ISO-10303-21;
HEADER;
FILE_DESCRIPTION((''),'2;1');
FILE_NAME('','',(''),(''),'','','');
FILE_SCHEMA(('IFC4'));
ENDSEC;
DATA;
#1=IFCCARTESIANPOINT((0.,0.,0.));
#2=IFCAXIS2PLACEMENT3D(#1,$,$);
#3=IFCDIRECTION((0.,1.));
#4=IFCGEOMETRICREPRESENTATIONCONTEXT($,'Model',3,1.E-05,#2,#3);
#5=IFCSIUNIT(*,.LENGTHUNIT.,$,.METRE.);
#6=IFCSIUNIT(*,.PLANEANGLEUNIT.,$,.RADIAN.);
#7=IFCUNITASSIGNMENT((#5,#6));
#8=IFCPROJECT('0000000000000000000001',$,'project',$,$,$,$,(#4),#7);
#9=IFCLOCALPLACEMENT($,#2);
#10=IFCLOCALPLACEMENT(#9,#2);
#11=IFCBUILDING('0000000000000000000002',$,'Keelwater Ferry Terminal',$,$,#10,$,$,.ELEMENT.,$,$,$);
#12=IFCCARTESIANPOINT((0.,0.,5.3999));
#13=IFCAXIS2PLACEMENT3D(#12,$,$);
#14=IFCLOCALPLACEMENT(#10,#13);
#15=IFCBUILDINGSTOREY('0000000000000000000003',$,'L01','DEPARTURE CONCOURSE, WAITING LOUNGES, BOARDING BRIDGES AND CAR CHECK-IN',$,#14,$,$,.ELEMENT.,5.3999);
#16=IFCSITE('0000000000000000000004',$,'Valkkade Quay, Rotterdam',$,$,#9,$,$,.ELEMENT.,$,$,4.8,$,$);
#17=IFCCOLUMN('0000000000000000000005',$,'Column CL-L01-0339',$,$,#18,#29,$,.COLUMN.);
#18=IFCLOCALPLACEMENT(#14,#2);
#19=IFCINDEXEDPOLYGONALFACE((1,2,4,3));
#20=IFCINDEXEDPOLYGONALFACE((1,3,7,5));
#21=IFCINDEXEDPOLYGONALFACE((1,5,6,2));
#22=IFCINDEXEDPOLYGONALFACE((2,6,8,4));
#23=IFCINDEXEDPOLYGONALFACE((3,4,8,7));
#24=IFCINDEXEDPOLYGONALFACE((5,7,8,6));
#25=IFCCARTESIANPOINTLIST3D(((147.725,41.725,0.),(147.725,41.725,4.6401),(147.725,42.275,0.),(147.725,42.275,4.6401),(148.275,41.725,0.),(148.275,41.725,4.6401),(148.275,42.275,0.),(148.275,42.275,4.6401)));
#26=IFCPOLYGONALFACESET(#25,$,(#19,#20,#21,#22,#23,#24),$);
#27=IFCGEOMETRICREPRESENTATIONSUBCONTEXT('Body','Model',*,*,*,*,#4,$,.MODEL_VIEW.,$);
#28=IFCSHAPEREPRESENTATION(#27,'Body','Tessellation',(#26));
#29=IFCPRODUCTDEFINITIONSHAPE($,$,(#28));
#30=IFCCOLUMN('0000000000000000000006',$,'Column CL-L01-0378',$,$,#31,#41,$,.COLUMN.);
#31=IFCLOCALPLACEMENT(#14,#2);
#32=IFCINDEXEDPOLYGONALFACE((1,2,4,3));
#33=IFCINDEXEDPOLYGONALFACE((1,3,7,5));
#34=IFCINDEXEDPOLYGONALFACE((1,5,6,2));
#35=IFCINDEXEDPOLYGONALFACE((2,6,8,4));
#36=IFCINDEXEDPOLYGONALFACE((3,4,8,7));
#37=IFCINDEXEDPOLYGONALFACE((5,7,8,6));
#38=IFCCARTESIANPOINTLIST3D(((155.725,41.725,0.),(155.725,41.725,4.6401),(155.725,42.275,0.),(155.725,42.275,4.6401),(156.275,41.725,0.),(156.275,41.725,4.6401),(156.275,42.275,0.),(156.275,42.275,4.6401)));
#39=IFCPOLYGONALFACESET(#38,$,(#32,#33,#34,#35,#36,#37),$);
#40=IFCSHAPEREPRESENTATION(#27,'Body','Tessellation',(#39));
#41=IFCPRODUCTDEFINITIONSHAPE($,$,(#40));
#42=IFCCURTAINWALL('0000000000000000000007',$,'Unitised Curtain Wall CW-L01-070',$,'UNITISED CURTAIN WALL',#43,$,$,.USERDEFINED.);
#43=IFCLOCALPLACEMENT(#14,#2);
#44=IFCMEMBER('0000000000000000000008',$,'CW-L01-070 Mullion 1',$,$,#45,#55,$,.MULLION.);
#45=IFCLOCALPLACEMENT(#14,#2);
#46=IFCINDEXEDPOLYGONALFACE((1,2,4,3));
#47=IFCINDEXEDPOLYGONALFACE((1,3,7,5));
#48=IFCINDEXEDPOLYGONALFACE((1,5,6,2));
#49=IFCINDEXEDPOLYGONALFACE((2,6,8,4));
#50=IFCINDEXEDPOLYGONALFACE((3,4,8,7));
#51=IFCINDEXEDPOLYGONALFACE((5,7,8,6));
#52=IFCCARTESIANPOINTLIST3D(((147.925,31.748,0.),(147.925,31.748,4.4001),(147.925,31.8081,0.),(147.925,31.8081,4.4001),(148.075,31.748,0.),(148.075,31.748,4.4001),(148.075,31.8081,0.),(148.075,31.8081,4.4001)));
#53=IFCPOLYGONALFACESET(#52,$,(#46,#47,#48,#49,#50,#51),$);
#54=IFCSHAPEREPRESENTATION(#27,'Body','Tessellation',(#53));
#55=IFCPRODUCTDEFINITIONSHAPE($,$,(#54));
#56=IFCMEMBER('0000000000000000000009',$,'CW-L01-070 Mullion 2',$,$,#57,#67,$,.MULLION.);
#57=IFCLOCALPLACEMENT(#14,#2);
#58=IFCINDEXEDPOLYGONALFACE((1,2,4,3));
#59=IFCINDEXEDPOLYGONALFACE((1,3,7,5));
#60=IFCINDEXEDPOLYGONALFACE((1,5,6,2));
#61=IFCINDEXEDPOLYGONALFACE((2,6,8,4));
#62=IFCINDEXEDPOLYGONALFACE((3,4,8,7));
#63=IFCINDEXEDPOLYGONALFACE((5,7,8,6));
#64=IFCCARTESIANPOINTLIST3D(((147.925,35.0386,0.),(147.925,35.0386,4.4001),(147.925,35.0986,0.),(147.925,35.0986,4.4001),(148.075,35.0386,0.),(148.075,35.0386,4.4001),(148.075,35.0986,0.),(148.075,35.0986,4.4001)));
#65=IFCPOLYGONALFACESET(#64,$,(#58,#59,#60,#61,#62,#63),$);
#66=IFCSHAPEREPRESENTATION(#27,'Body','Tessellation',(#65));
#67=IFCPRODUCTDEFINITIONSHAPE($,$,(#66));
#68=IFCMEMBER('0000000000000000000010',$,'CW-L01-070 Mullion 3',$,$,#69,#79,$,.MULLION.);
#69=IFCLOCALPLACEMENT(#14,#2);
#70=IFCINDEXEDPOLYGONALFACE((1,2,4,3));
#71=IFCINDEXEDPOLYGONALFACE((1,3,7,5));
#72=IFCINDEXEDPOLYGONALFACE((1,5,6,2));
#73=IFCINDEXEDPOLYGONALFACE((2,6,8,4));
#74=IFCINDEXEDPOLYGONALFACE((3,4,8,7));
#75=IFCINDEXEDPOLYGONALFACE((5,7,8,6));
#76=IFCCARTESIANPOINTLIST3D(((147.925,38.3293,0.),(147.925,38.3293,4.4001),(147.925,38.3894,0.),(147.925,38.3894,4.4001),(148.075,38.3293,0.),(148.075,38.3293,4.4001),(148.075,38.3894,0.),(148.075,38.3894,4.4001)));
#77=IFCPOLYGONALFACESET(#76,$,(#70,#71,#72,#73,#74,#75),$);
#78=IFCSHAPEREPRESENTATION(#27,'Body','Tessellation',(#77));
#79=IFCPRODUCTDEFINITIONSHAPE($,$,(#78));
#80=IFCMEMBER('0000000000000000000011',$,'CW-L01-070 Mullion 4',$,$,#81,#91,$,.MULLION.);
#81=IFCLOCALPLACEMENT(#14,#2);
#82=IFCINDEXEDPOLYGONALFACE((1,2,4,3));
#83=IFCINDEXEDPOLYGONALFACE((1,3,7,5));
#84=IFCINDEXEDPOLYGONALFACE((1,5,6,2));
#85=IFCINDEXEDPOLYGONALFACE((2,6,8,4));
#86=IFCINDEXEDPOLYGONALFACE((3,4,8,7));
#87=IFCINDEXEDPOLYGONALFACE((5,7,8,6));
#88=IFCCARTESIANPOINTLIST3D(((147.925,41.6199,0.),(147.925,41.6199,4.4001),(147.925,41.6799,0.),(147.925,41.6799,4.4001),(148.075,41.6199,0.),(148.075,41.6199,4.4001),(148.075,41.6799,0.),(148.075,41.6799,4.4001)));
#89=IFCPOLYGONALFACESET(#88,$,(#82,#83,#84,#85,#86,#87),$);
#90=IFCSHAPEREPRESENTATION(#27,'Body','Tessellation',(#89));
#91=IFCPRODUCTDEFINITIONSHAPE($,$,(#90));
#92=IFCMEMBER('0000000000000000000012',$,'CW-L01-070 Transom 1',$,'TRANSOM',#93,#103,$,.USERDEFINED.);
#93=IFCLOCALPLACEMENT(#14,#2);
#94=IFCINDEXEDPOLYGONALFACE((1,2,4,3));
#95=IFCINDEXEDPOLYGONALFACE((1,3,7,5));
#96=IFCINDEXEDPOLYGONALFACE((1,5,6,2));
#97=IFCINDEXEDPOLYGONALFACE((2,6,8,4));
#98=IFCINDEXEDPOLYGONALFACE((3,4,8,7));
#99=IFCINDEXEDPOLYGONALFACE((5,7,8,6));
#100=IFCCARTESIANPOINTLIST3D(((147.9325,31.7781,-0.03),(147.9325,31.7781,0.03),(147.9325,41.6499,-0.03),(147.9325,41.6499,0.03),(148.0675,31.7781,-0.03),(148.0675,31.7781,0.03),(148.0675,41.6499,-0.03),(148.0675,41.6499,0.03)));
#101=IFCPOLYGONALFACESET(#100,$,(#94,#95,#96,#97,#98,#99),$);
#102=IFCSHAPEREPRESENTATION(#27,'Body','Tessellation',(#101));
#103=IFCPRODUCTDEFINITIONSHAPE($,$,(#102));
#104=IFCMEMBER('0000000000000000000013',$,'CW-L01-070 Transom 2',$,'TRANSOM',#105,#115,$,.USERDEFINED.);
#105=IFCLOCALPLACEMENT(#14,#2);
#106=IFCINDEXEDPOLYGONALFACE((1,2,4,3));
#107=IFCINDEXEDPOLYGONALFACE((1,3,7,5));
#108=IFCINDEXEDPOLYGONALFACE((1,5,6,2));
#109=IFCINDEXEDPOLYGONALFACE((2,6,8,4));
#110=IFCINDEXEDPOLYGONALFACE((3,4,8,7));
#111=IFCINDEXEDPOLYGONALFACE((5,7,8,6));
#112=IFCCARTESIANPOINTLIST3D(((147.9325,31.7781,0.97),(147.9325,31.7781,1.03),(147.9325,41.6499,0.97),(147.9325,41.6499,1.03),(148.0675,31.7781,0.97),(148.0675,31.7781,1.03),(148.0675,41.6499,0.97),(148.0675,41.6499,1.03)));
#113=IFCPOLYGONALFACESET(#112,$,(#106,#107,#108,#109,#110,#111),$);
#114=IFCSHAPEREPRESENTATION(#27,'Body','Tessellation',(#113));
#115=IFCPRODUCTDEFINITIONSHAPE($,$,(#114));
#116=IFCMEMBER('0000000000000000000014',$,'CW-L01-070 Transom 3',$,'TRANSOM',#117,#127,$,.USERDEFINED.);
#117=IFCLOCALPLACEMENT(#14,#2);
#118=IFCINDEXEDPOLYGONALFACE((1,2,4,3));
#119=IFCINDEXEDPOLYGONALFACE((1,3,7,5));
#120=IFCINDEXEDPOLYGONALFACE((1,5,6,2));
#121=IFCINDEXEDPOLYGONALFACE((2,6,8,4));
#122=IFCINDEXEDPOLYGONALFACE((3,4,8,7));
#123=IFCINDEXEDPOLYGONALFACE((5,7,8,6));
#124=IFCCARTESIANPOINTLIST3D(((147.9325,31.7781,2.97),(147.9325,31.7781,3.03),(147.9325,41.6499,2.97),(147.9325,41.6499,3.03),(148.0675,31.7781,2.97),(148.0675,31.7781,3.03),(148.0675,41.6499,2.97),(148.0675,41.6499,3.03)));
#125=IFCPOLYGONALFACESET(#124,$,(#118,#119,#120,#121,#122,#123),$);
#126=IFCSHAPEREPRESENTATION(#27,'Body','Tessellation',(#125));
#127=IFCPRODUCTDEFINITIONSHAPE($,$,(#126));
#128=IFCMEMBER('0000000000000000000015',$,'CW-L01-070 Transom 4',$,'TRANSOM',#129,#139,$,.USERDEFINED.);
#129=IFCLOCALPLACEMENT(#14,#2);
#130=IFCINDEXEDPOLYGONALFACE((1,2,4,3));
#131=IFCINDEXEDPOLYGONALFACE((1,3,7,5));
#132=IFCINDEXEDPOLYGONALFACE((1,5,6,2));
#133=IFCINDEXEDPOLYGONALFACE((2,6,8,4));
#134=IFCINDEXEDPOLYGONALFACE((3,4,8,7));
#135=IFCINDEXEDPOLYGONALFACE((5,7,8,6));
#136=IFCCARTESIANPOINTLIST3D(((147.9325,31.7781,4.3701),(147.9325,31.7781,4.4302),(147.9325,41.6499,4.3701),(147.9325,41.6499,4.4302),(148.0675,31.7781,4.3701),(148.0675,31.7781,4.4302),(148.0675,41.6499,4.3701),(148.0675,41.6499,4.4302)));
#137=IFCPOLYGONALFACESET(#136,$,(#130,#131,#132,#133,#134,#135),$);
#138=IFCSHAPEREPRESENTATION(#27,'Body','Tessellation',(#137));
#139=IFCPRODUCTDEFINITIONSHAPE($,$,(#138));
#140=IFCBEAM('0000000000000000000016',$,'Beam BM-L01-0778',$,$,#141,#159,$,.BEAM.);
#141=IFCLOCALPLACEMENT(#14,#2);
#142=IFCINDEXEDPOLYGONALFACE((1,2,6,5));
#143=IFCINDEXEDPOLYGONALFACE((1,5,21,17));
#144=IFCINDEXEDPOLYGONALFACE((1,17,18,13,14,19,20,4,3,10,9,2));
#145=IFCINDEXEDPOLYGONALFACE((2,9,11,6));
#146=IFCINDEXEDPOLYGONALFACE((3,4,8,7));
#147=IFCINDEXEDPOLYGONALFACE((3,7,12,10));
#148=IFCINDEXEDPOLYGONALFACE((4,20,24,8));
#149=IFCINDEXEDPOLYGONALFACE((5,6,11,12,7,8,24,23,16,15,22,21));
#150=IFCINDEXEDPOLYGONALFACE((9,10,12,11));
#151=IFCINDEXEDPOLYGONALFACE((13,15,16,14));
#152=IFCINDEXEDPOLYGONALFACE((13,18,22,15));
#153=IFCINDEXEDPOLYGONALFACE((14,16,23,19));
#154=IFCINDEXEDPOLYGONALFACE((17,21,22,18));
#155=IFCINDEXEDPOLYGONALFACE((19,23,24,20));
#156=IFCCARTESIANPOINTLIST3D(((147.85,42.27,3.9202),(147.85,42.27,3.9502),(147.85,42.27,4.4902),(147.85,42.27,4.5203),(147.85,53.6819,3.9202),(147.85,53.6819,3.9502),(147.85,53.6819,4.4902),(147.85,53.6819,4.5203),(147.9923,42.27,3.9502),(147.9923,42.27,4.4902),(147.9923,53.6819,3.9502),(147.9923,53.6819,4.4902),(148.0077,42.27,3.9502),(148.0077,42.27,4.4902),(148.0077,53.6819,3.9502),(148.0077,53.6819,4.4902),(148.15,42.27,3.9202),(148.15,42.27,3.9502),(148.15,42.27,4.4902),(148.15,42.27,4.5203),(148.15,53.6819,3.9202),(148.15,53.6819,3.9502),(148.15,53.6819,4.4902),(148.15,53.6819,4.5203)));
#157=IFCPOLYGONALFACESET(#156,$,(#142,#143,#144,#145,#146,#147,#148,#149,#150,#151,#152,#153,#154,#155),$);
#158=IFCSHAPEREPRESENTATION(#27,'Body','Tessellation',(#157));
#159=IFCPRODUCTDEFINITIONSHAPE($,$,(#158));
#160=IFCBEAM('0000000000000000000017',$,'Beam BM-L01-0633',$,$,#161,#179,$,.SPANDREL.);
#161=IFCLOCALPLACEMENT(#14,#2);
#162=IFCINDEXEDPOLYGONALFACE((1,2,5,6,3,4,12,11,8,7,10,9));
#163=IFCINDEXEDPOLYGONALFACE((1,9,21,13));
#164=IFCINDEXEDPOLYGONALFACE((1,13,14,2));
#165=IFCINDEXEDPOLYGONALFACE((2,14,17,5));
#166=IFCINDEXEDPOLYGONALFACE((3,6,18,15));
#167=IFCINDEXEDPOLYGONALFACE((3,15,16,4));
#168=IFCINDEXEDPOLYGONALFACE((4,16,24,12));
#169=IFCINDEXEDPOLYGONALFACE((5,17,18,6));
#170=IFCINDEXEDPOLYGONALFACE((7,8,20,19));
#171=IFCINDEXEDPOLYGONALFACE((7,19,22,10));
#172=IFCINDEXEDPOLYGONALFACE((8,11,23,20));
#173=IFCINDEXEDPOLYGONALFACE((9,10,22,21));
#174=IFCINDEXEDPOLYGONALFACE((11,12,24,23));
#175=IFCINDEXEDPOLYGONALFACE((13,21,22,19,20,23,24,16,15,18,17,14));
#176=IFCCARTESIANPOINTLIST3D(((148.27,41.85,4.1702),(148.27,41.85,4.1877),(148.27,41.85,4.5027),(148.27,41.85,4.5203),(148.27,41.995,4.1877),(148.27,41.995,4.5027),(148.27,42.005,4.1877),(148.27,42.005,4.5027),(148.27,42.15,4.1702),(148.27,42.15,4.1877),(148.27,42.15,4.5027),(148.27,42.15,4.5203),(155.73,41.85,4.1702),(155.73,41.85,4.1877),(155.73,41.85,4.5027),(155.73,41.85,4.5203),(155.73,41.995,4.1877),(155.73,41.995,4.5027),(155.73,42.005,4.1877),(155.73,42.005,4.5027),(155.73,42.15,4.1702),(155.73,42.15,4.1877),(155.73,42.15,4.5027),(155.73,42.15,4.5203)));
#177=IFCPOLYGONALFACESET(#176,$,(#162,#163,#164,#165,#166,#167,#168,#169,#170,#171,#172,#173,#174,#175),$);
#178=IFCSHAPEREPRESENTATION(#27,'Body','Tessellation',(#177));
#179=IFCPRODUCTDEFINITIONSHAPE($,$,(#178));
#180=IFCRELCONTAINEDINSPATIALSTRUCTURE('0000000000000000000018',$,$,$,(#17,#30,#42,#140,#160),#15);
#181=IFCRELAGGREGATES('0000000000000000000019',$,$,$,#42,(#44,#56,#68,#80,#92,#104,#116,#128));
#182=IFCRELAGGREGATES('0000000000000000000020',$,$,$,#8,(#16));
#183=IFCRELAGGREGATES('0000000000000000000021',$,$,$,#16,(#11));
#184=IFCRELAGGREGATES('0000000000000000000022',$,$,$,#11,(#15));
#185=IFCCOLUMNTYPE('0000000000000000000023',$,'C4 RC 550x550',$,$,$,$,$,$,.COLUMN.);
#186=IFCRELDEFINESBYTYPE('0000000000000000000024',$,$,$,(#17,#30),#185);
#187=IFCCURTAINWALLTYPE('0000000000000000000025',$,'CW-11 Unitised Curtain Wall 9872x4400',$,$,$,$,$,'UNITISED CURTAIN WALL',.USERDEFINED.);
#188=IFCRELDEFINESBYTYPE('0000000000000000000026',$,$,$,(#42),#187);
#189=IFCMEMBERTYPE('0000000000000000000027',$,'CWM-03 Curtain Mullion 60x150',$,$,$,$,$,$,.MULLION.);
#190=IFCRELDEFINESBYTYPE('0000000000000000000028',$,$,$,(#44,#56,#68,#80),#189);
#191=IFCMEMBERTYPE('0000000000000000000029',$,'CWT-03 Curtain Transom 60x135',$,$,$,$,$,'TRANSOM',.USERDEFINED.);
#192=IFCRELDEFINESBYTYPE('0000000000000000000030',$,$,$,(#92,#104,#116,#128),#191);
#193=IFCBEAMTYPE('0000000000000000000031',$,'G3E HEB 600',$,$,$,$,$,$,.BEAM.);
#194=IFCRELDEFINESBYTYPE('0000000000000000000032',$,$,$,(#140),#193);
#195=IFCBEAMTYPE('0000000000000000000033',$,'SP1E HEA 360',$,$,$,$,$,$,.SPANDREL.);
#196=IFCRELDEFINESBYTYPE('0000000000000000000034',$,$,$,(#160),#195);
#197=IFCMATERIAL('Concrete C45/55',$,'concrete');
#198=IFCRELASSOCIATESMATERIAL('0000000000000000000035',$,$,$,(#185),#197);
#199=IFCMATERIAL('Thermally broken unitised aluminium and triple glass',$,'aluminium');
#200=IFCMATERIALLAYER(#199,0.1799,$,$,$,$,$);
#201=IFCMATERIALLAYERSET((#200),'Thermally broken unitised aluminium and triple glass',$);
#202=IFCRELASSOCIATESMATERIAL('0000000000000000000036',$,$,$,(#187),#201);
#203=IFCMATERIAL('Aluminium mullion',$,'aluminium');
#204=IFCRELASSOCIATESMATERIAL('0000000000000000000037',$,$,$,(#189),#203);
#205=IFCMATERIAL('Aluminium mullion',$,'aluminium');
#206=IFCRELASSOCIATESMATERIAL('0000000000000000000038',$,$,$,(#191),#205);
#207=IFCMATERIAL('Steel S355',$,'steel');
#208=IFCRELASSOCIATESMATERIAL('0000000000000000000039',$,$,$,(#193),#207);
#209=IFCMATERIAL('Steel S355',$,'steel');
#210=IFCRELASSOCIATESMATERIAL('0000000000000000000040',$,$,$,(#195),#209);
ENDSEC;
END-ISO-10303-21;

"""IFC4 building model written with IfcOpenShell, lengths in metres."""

from ifc_helpers import new_model, si_unit, direction, frame, origin, origin_2d, place, context, subcontext, project, spatial, rectangle, i_section, extrude, material, layer, layer_set, material_profile, profile_set, type_object, element, aggregate, save


model = new_model("IFC4")

# Units and contexts
model_context = context("Model", 3, precision=1e-05, world=origin(), true_north=direction((0.0, 1.0)))
body_context = subcontext(model_context, "Body", "Model", "MODEL_VIEW")
ifc_project = project(units=[si_unit("LENGTHUNIT", "METRE"), si_unit("PLANEANGLEUNIT", "RADIAN")], contexts=[model_context])

# Site, building, storey
site_placement = place(None, origin())
site = spatial("IfcSite", under=ifc_project, at=site_placement, Name="Valkkade Quay, Rotterdam", CompositionType="ELEMENT", RefElevation=4.8)
building_placement = place(site_placement, origin())
building = spatial("IfcBuilding", under=site, at=building_placement, Name="Keelwater Ferry Terminal", CompositionType="ELEMENT")
storey_placement = place(building_placement, frame((0.0, 0.0, 5.3999)))
storey = spatial("IfcBuildingStorey", under=building, at=storey_placement, Name="L01", Description="DEPARTURE CONCOURSE, WAITING LOUNGES, BOARDING BRIDGES AND CAR CHECK-IN", CompositionType="ELEMENT", Elevation=5.3999)

# Columns
ifc_material_1 = material(Name="Concrete C45/55", Category="concrete")
ifc_material_profile_1 = material_profile(ifc_material_1, rectangle(XDim=0.55, YDim=0.55, at=origin_2d()), Name="RC 550x550")
ifc_profile_set_1 = profile_set([ifc_material_profile_1], Name="Concrete C45/55")
column_type = type_object("IfcColumnType", Name="C4 RC 550x550", PredefinedType="COLUMN", material=ifc_profile_set_1)
for number, where, z_axis, x_axis, name in (
    (1, (148.0, 42.0, 0.0), (0.0, 0.0, 1.0), (1.0, 0.0, 0.0), "Column CL-L01-0339"),
    (2, (156.0, 42.0, 0.0), (0.0, 0.0, 1.0), (1.0, 0.0, 0.0), "Column CL-L01-0378"),
):
    element("IfcColumn", number, at=place(storey_placement, frame(where, z_axis=z_axis, x_axis=x_axis)), inside=storey, type_object=column_type, Name=name, PredefinedType="COLUMN", context=body_context, shape_type="SweptSolid", body=[
        extrude(rectangle(XDim=0.55, YDim=0.55, at=origin_2d()), origin(), (0.0, 0.0, 1.0), 4.6401),
    ])

# Curtain wall, members
ifc_material_2 = material(Name="Thermally broken unitised aluminium and triple glass", Category="aluminium")
ifc_layer_1 = layer(ifc_material_2, 0.1799)
ifc_layer_set_1 = layer_set([ifc_layer_1], Name="Thermally broken unitised aluminium and triple glass")
curtain_wall_type = type_object("IfcCurtainWallType", Name="CW-11 Unitised Curtain Wall 9872x4400", ElementType="UNITISED CURTAIN WALL", PredefinedType="USERDEFINED", material=ifc_layer_set_1)
curtain_wall_placement = place(storey_placement, origin())
curtain_wall = element("IfcCurtainWall", 3, at=curtain_wall_placement, inside=storey, type_object=curtain_wall_type, Name="Unitised Curtain Wall CW-L01-070", ObjectType="UNITISED CURTAIN WALL", PredefinedType="USERDEFINED")
ifc_material_3 = material(Name="Aluminium mullion", Category="aluminium")
ifc_material_profile_2 = material_profile(ifc_material_3, rectangle(XDim=0.0601, YDim=0.1499, at=origin_2d()), Name="CWM-03")
ifc_profile_set_2 = profile_set([ifc_material_profile_2], Name="Aluminium mullion")
member_type_1 = type_object("IfcMemberType", Name="CWM-03 Curtain Mullion 60x150", PredefinedType="MULLION", material=ifc_profile_set_2)
member_1_placement = place(storey_placement, frame((148.0, 31.7781, 0.0), z_axis=(0.0, 0.0, 1.0), x_axis=(0.0, 1.0, 0.0)))
member_1 = element("IfcMember", 4, at=member_1_placement, type_object=member_type_1, Name="CW-L01-070 Mullion 1", PredefinedType="MULLION", context=body_context, shape_type="SweptSolid", body=[
    extrude(rectangle(XDim=0.0601, YDim=0.1499, at=origin_2d()), origin(), (0.0, 0.0, 1.0), 4.4001),
])
member_2_placement = place(storey_placement, frame((148.0, 35.0686, 0.0), z_axis=(0.0, 0.0, 1.0), x_axis=(0.0, 1.0, 0.0)))
member_2 = element("IfcMember", 5, at=member_2_placement, type_object=member_type_1, Name="CW-L01-070 Mullion 2", PredefinedType="MULLION", context=body_context, shape_type="SweptSolid", body=[
    extrude(rectangle(XDim=0.0601, YDim=0.1499, at=origin_2d()), origin(), (0.0, 0.0, 1.0), 4.4001),
])
member_3_placement = place(storey_placement, frame((148.0, 38.3594, 0.0), z_axis=(0.0, 0.0, 1.0), x_axis=(0.0, 1.0, 0.0)))
member_3 = element("IfcMember", 6, at=member_3_placement, type_object=member_type_1, Name="CW-L01-070 Mullion 3", PredefinedType="MULLION", context=body_context, shape_type="SweptSolid", body=[
    extrude(rectangle(XDim=0.0601, YDim=0.1499, at=origin_2d()), origin(), (0.0, 0.0, 1.0), 4.4001),
])
member_4_placement = place(storey_placement, frame((148.0, 41.6499, 0.0), z_axis=(0.0, 0.0, 1.0), x_axis=(0.0, 1.0, 0.0)))
member_4 = element("IfcMember", 7, at=member_4_placement, type_object=member_type_1, Name="CW-L01-070 Mullion 4", PredefinedType="MULLION", context=body_context, shape_type="SweptSolid", body=[
    extrude(rectangle(XDim=0.0601, YDim=0.1499, at=origin_2d()), origin(), (0.0, 0.0, 1.0), 4.4001),
])
ifc_material_4 = material(Name="Aluminium mullion", Category="aluminium")
ifc_material_profile_3 = material_profile(ifc_material_4, rectangle(XDim=0.135, YDim=0.0601, at=origin_2d()), Name="CWT-03")
ifc_profile_set_3 = profile_set([ifc_material_profile_3], Name="Aluminium mullion")
member_type_2 = type_object("IfcMemberType", Name="CWT-03 Curtain Transom 60x135", ElementType="TRANSOM", PredefinedType="USERDEFINED", material=ifc_profile_set_3)
member_5_placement = place(storey_placement, frame((148.0, 31.7781, 0.0), z_axis=(0.0, 1.0, 0.0), x_axis=(-1.0, 0.0, 0.0)))
member_5 = element("IfcMember", 8, at=member_5_placement, type_object=member_type_2, Name="CW-L01-070 Transom 1", ObjectType="TRANSOM", PredefinedType="USERDEFINED", context=body_context, shape_type="SweptSolid", body=[
    extrude(rectangle(XDim=0.135, YDim=0.0601, at=origin_2d()), origin(), (0.0, 0.0, 1.0), 9.8718),
])
member_6_placement = place(storey_placement, frame((148.0, 31.7781, 1.0), z_axis=(0.0, 1.0, 0.0), x_axis=(-1.0, 0.0, 0.0)))
member_6 = element("IfcMember", 9, at=member_6_placement, type_object=member_type_2, Name="CW-L01-070 Transom 2", ObjectType="TRANSOM", PredefinedType="USERDEFINED", context=body_context, shape_type="SweptSolid", body=[
    extrude(rectangle(XDim=0.135, YDim=0.0601, at=origin_2d()), origin(), (0.0, 0.0, 1.0), 9.8718),
])
member_7_placement = place(storey_placement, frame((148.0, 31.7781, 3.0), z_axis=(0.0, 1.0, 0.0), x_axis=(-1.0, 0.0, 0.0)))
member_7 = element("IfcMember", 10, at=member_7_placement, type_object=member_type_2, Name="CW-L01-070 Transom 3", ObjectType="TRANSOM", PredefinedType="USERDEFINED", context=body_context, shape_type="SweptSolid", body=[
    extrude(rectangle(XDim=0.135, YDim=0.0601, at=origin_2d()), origin(), (0.0, 0.0, 1.0), 9.8718),
])
member_8_placement = place(storey_placement, frame((148.0, 31.7781, 4.4001), z_axis=(0.0, 1.0, 0.0), x_axis=(-1.0, 0.0, 0.0)))
member_8 = element("IfcMember", 11, at=member_8_placement, type_object=member_type_2, Name="CW-L01-070 Transom 4", ObjectType="TRANSOM", PredefinedType="USERDEFINED", context=body_context, shape_type="SweptSolid", body=[
    extrude(rectangle(XDim=0.135, YDim=0.0601, at=origin_2d()), origin(), (0.0, 0.0, 1.0), 9.8718),
])

# Beams
ifc_material_5 = material(Name="Steel S355", Category="steel")
ifc_material_profile_4 = material_profile(ifc_material_5, i_section(OverallWidth=0.3, OverallDepth=0.6001, WebThickness=0.0154, FlangeThickness=0.03, at=origin_2d()), Name="HEB 600")
ifc_profile_set_4 = profile_set([ifc_material_profile_4], Name="Steel S355")
beam_type_1 = type_object("IfcBeamType", Name="G3E HEB 600", PredefinedType="BEAM", material=ifc_profile_set_4)
beam_1_placement = place(storey_placement, frame((148.0, 42.27, 4.2202), z_axis=(0.0, 1.0, 0.0), x_axis=(-1.0, 0.0, 0.0)))
element("IfcBeam", 12, at=beam_1_placement, inside=storey, type_object=beam_type_1, Name="Beam BM-L01-0778", PredefinedType="BEAM", context=body_context, shape_type="SweptSolid", body=[
    extrude(i_section(OverallWidth=0.3, OverallDepth=0.6001, WebThickness=0.0154, FlangeThickness=0.03, at=origin_2d()), origin(), (0.0, 0.0, 1.0), 11.4119),
])
ifc_material_6 = material(Name="Steel S355", Category="steel")
ifc_material_profile_5 = material_profile(ifc_material_6, i_section(OverallWidth=0.3, OverallDepth=0.3501, WebThickness=0.01, FlangeThickness=0.0176, at=origin_2d()), Name="HEA 360")
ifc_profile_set_5 = profile_set([ifc_material_profile_5], Name="Steel S355")
beam_type_2 = type_object("IfcBeamType", Name="SP1E HEA 360", PredefinedType="SPANDREL", material=ifc_profile_set_5)
beam_2_placement = place(storey_placement, frame((148.27, 42.0, 4.3452), z_axis=(1.0, 0.0, 0.0), x_axis=(0.0, 1.0, 0.0)))
element("IfcBeam", 13, at=beam_2_placement, inside=storey, type_object=beam_type_2, Name="Beam BM-L01-0633", PredefinedType="SPANDREL", context=body_context, shape_type="SweptSolid", body=[
    extrude(i_section(OverallWidth=0.3, OverallDepth=0.3501, WebThickness=0.01, FlangeThickness=0.0176, at=origin_2d()), origin(), (0.0, 0.0, 1.0), 7.46),
])

aggregate(curtain_wall, [member_1, member_2, member_3, member_4, member_5, member_6, member_7, member_8])

save(model, "model.ifc")
